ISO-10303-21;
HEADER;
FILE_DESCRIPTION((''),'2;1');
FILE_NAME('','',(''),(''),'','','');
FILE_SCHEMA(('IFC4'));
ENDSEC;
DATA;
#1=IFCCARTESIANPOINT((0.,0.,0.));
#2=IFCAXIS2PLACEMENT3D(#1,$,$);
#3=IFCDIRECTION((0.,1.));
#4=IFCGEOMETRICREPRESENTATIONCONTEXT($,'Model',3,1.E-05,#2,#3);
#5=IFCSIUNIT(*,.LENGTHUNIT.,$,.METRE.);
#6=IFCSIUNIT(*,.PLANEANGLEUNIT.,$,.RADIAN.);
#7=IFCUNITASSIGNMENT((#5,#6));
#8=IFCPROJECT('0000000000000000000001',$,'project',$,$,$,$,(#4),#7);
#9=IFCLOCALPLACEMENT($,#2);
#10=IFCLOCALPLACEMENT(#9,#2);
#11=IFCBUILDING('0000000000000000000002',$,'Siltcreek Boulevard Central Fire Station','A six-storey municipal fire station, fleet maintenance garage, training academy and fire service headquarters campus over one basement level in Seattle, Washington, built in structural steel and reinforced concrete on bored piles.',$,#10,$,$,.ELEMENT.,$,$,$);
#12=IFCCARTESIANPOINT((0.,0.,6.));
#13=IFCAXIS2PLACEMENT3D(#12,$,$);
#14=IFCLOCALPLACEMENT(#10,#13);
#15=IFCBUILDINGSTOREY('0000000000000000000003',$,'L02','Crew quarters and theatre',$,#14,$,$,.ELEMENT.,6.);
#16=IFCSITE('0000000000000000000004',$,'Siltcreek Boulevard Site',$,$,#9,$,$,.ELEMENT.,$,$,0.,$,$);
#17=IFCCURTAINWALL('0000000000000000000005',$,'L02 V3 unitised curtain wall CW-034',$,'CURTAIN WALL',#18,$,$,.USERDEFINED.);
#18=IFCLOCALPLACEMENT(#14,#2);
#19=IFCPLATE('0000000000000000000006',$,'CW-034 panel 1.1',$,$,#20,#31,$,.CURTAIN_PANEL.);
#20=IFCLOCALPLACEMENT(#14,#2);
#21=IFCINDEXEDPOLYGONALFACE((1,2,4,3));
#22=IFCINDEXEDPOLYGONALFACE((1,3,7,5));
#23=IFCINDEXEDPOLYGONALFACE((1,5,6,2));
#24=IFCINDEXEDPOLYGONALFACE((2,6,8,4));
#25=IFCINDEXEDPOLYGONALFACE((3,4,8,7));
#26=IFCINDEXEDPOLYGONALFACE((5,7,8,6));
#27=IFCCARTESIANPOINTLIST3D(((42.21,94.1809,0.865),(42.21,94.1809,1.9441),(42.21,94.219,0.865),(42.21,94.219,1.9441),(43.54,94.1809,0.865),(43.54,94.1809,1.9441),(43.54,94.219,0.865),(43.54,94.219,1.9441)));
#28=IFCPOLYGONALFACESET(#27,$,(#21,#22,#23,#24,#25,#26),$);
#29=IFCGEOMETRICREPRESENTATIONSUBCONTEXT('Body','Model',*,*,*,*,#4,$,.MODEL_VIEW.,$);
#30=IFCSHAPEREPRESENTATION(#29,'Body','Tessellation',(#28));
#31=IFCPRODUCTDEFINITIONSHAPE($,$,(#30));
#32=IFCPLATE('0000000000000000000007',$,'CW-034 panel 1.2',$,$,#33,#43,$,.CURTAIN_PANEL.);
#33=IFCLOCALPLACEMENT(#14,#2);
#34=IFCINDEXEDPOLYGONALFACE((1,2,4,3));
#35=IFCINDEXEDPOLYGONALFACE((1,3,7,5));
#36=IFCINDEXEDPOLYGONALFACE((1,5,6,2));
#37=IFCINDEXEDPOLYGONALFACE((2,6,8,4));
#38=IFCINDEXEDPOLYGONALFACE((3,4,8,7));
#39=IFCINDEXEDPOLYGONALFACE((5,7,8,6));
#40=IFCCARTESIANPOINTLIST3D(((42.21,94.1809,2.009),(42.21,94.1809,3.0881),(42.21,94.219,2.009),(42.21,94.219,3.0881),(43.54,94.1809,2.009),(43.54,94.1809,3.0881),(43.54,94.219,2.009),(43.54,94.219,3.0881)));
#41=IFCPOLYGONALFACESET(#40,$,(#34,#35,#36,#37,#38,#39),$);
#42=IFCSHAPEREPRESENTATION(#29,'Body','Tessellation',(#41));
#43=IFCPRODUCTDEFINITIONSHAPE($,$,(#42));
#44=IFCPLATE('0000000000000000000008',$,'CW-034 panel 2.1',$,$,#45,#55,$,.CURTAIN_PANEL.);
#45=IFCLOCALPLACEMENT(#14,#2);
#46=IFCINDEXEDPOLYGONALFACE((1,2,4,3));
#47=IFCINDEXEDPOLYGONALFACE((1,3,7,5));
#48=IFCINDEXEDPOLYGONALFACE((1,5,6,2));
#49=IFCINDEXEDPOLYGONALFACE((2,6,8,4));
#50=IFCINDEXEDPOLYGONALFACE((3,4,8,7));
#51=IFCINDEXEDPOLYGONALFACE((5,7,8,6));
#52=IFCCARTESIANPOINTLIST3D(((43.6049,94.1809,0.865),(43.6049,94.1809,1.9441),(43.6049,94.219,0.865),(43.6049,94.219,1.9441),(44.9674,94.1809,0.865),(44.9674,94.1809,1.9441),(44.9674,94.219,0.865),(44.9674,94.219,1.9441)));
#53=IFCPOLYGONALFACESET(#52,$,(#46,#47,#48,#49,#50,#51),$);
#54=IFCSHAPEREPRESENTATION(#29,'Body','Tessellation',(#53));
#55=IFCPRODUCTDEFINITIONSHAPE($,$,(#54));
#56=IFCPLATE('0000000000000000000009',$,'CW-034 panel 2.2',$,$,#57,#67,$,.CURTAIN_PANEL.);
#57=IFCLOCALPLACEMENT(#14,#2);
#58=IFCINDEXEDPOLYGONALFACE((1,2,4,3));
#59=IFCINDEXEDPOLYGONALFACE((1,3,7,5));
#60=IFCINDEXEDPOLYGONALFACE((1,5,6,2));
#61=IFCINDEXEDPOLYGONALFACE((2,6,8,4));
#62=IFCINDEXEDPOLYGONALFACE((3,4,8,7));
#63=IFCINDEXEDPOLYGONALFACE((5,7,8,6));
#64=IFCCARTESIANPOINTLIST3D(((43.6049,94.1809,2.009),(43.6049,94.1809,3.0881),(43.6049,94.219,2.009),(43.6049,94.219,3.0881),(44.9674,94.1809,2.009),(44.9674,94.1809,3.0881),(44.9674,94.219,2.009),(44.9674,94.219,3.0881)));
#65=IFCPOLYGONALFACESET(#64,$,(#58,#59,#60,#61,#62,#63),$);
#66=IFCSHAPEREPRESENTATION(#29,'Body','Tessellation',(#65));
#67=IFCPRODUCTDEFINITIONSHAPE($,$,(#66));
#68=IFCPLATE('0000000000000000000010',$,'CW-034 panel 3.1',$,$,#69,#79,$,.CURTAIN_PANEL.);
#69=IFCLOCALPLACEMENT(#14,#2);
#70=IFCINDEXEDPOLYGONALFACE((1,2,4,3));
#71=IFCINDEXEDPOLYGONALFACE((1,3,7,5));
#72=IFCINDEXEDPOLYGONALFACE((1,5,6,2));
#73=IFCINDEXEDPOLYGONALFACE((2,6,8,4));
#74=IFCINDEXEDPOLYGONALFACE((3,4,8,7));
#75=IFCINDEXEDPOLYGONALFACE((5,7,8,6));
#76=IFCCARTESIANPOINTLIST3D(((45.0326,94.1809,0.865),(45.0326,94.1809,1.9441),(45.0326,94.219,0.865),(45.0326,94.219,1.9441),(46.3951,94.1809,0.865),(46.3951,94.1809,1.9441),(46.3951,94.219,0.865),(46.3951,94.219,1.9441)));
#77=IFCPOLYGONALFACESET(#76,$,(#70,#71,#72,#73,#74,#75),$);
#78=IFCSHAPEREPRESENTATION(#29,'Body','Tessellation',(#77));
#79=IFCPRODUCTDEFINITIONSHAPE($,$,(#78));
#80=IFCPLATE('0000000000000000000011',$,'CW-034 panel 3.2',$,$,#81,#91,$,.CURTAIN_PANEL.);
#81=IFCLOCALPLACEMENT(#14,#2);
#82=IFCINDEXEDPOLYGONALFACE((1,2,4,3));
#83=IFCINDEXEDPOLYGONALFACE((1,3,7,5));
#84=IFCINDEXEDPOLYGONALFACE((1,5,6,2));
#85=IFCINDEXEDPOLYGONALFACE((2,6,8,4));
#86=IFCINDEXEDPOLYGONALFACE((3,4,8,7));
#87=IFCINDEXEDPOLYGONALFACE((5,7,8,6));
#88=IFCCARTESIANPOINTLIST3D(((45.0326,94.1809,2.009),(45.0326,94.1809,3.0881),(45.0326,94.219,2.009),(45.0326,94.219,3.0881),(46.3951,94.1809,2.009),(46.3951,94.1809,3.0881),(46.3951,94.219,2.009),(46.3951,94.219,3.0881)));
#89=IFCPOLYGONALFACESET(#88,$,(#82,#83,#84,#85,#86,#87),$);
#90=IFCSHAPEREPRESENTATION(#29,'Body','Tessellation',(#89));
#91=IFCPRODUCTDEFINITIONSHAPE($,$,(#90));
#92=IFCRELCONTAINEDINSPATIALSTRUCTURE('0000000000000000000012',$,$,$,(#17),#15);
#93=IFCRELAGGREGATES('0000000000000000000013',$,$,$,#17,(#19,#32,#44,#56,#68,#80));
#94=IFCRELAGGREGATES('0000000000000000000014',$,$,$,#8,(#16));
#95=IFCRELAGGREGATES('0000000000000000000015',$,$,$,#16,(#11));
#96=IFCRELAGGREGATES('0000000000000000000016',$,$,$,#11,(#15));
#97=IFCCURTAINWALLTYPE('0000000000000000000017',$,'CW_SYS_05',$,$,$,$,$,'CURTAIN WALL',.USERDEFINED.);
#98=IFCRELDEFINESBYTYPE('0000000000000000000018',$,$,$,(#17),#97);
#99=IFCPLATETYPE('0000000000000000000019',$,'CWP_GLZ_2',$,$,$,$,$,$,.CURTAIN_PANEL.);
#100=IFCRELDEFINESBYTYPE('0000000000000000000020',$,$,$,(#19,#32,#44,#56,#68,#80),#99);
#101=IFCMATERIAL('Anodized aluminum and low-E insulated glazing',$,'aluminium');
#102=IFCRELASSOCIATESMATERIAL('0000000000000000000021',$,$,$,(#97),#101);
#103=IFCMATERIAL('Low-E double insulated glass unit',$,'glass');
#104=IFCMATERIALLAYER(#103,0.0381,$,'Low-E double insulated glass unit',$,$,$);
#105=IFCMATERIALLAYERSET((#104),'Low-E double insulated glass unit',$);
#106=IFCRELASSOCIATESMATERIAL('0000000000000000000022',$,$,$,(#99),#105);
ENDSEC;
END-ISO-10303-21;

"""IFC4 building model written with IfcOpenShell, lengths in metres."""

from ifc_helpers import new_model, si_unit, direction, frame, origin, origin_2d, place, context, subcontext, project, spatial, rectangle, extrude, material, layer, layer_set, type_object, element, aggregate, save


model = new_model("IFC4")

# Units and contexts
model_context = context("Model", 3, precision=1e-05, world=origin(), true_north=direction((0.0, 1.0)))
body_context = subcontext(model_context, "Body", "Model", "MODEL_VIEW")
ifc_project = project(units=[si_unit("LENGTHUNIT", "METRE"), si_unit("PLANEANGLEUNIT", "RADIAN")], contexts=[model_context])

# Site, building, storey
site_placement = place(None, origin())
site = spatial("IfcSite", under=ifc_project, at=site_placement, Name="Siltcreek Boulevard Site", CompositionType="ELEMENT", RefElevation=0.0)
building_placement = place(site_placement, origin())
building = spatial("IfcBuilding", under=site, at=building_placement, Name="Siltcreek Boulevard Central Fire Station", Description="A six-storey municipal fire station, fleet maintenance garage, training academy and fire service headquarters campus over one basement level in Seattle, Washington, built in structural steel and reinforced concrete on bored piles.", CompositionType="ELEMENT")
storey_placement = place(building_placement, frame((0.0, 0.0, 6.0)))
storey = spatial("IfcBuildingStorey", under=building, at=storey_placement, Name="L02", Description="Crew quarters and theatre", CompositionType="ELEMENT", Elevation=6.0)

# Curtain wall, plates
ifc_material_1 = material(Name="Anodized aluminum and low-E insulated glazing", Category="aluminium")
curtain_wall_type = type_object("IfcCurtainWallType", Name="CW_SYS_05", ElementType="CURTAIN WALL", PredefinedType="USERDEFINED", material=ifc_material_1)
curtain_wall_placement = place(storey_placement, origin())
curtain_wall = element("IfcCurtainWall", 1, at=curtain_wall_placement, inside=storey, type_object=curtain_wall_type, Name="L02 V3 unitised curtain wall CW-034", ObjectType="CURTAIN WALL", PredefinedType="USERDEFINED")
ifc_material_2 = material(Name="Low-E double insulated glass unit", Category="glass")
ifc_layer = layer(ifc_material_2, 0.0381, Name="Low-E double insulated glass unit")
ifc_layer_set = layer_set([ifc_layer], Name="Low-E double insulated glass unit")
plate_type = type_object("IfcPlateType", Name="CWP_GLZ_2", PredefinedType="CURTAIN_PANEL", material=ifc_layer_set)
plate_1_placement = place(storey_placement, frame((42.875, 94.2, 0.865), z_axis=(0.0, 0.0, 1.0), x_axis=(1.0, 0.0, 0.0)))
plate_1 = element("IfcPlate", 2, at=plate_1_placement, type_object=plate_type, Name="CW-034 panel 1.1", PredefinedType="CURTAIN_PANEL", context=body_context, shape_type="SweptSolid", body=[
    extrude(rectangle(XDim=1.3301, YDim=0.0381, at=origin_2d()), origin(), (0.0, 0.0, 1.0), 1.0791),
])
plate_2_placement = place(storey_placement, frame((42.875, 94.2, 2.009), z_axis=(0.0, 0.0, 1.0), x_axis=(1.0, 0.0, 0.0)))
plate_2 = element("IfcPlate", 3, at=plate_2_placement, type_object=plate_type, Name="CW-034 panel 1.2", PredefinedType="CURTAIN_PANEL", context=body_context, shape_type="SweptSolid", body=[
    extrude(rectangle(XDim=1.3301, YDim=0.0381, at=origin_2d()), origin(), (0.0, 0.0, 1.0), 1.0791),
])
plate_3_placement = place(storey_placement, frame((44.2861, 94.2, 0.865), z_axis=(0.0, 0.0, 1.0), x_axis=(1.0, 0.0, 0.0)))
plate_3 = element("IfcPlate", 4, at=plate_3_placement, type_object=plate_type, Name="CW-034 panel 2.1", PredefinedType="CURTAIN_PANEL", context=body_context, shape_type="SweptSolid", body=[
    extrude(rectangle(XDim=1.3625, YDim=0.0381, at=origin_2d()), origin(), (0.0, 0.0, 1.0), 1.0791),
])
plate_4_placement = place(storey_placement, frame((44.2861, 94.2, 2.009), z_axis=(0.0, 0.0, 1.0), x_axis=(1.0, 0.0, 0.0)))
plate_4 = element("IfcPlate", 5, at=plate_4_placement, type_object=plate_type, Name="CW-034 panel 2.2", PredefinedType="CURTAIN_PANEL", context=body_context, shape_type="SweptSolid", body=[
    extrude(rectangle(XDim=1.3625, YDim=0.0381, at=origin_2d()), origin(), (0.0, 0.0, 1.0), 1.0791),
])
plate_5_placement = place(storey_placement, frame((45.7139, 94.2, 0.865), z_axis=(0.0, 0.0, 1.0), x_axis=(1.0, 0.0, 0.0)))
plate_5 = element("IfcPlate", 6, at=plate_5_placement, type_object=plate_type, Name="CW-034 panel 3.1", PredefinedType="CURTAIN_PANEL", context=body_context, shape_type="SweptSolid", body=[
    extrude(rectangle(XDim=1.3625, YDim=0.0381, at=origin_2d()), origin(), (0.0, 0.0, 1.0), 1.0791),
])
plate_6_placement = place(storey_placement, frame((45.7139, 94.2, 2.009), z_axis=(0.0, 0.0, 1.0), x_axis=(1.0, 0.0, 0.0)))
plate_6 = element("IfcPlate", 7, at=plate_6_placement, type_object=plate_type, Name="CW-034 panel 3.2", PredefinedType="CURTAIN_PANEL", context=body_context, shape_type="SweptSolid", body=[
    extrude(rectangle(XDim=1.3625, YDim=0.0381, at=origin_2d()), origin(), (0.0, 0.0, 1.0), 1.0791),
])
aggregate(curtain_wall, [plate_1, plate_2, plate_3, plate_4, plate_5, plate_6])

save(model, "model.ifc")
